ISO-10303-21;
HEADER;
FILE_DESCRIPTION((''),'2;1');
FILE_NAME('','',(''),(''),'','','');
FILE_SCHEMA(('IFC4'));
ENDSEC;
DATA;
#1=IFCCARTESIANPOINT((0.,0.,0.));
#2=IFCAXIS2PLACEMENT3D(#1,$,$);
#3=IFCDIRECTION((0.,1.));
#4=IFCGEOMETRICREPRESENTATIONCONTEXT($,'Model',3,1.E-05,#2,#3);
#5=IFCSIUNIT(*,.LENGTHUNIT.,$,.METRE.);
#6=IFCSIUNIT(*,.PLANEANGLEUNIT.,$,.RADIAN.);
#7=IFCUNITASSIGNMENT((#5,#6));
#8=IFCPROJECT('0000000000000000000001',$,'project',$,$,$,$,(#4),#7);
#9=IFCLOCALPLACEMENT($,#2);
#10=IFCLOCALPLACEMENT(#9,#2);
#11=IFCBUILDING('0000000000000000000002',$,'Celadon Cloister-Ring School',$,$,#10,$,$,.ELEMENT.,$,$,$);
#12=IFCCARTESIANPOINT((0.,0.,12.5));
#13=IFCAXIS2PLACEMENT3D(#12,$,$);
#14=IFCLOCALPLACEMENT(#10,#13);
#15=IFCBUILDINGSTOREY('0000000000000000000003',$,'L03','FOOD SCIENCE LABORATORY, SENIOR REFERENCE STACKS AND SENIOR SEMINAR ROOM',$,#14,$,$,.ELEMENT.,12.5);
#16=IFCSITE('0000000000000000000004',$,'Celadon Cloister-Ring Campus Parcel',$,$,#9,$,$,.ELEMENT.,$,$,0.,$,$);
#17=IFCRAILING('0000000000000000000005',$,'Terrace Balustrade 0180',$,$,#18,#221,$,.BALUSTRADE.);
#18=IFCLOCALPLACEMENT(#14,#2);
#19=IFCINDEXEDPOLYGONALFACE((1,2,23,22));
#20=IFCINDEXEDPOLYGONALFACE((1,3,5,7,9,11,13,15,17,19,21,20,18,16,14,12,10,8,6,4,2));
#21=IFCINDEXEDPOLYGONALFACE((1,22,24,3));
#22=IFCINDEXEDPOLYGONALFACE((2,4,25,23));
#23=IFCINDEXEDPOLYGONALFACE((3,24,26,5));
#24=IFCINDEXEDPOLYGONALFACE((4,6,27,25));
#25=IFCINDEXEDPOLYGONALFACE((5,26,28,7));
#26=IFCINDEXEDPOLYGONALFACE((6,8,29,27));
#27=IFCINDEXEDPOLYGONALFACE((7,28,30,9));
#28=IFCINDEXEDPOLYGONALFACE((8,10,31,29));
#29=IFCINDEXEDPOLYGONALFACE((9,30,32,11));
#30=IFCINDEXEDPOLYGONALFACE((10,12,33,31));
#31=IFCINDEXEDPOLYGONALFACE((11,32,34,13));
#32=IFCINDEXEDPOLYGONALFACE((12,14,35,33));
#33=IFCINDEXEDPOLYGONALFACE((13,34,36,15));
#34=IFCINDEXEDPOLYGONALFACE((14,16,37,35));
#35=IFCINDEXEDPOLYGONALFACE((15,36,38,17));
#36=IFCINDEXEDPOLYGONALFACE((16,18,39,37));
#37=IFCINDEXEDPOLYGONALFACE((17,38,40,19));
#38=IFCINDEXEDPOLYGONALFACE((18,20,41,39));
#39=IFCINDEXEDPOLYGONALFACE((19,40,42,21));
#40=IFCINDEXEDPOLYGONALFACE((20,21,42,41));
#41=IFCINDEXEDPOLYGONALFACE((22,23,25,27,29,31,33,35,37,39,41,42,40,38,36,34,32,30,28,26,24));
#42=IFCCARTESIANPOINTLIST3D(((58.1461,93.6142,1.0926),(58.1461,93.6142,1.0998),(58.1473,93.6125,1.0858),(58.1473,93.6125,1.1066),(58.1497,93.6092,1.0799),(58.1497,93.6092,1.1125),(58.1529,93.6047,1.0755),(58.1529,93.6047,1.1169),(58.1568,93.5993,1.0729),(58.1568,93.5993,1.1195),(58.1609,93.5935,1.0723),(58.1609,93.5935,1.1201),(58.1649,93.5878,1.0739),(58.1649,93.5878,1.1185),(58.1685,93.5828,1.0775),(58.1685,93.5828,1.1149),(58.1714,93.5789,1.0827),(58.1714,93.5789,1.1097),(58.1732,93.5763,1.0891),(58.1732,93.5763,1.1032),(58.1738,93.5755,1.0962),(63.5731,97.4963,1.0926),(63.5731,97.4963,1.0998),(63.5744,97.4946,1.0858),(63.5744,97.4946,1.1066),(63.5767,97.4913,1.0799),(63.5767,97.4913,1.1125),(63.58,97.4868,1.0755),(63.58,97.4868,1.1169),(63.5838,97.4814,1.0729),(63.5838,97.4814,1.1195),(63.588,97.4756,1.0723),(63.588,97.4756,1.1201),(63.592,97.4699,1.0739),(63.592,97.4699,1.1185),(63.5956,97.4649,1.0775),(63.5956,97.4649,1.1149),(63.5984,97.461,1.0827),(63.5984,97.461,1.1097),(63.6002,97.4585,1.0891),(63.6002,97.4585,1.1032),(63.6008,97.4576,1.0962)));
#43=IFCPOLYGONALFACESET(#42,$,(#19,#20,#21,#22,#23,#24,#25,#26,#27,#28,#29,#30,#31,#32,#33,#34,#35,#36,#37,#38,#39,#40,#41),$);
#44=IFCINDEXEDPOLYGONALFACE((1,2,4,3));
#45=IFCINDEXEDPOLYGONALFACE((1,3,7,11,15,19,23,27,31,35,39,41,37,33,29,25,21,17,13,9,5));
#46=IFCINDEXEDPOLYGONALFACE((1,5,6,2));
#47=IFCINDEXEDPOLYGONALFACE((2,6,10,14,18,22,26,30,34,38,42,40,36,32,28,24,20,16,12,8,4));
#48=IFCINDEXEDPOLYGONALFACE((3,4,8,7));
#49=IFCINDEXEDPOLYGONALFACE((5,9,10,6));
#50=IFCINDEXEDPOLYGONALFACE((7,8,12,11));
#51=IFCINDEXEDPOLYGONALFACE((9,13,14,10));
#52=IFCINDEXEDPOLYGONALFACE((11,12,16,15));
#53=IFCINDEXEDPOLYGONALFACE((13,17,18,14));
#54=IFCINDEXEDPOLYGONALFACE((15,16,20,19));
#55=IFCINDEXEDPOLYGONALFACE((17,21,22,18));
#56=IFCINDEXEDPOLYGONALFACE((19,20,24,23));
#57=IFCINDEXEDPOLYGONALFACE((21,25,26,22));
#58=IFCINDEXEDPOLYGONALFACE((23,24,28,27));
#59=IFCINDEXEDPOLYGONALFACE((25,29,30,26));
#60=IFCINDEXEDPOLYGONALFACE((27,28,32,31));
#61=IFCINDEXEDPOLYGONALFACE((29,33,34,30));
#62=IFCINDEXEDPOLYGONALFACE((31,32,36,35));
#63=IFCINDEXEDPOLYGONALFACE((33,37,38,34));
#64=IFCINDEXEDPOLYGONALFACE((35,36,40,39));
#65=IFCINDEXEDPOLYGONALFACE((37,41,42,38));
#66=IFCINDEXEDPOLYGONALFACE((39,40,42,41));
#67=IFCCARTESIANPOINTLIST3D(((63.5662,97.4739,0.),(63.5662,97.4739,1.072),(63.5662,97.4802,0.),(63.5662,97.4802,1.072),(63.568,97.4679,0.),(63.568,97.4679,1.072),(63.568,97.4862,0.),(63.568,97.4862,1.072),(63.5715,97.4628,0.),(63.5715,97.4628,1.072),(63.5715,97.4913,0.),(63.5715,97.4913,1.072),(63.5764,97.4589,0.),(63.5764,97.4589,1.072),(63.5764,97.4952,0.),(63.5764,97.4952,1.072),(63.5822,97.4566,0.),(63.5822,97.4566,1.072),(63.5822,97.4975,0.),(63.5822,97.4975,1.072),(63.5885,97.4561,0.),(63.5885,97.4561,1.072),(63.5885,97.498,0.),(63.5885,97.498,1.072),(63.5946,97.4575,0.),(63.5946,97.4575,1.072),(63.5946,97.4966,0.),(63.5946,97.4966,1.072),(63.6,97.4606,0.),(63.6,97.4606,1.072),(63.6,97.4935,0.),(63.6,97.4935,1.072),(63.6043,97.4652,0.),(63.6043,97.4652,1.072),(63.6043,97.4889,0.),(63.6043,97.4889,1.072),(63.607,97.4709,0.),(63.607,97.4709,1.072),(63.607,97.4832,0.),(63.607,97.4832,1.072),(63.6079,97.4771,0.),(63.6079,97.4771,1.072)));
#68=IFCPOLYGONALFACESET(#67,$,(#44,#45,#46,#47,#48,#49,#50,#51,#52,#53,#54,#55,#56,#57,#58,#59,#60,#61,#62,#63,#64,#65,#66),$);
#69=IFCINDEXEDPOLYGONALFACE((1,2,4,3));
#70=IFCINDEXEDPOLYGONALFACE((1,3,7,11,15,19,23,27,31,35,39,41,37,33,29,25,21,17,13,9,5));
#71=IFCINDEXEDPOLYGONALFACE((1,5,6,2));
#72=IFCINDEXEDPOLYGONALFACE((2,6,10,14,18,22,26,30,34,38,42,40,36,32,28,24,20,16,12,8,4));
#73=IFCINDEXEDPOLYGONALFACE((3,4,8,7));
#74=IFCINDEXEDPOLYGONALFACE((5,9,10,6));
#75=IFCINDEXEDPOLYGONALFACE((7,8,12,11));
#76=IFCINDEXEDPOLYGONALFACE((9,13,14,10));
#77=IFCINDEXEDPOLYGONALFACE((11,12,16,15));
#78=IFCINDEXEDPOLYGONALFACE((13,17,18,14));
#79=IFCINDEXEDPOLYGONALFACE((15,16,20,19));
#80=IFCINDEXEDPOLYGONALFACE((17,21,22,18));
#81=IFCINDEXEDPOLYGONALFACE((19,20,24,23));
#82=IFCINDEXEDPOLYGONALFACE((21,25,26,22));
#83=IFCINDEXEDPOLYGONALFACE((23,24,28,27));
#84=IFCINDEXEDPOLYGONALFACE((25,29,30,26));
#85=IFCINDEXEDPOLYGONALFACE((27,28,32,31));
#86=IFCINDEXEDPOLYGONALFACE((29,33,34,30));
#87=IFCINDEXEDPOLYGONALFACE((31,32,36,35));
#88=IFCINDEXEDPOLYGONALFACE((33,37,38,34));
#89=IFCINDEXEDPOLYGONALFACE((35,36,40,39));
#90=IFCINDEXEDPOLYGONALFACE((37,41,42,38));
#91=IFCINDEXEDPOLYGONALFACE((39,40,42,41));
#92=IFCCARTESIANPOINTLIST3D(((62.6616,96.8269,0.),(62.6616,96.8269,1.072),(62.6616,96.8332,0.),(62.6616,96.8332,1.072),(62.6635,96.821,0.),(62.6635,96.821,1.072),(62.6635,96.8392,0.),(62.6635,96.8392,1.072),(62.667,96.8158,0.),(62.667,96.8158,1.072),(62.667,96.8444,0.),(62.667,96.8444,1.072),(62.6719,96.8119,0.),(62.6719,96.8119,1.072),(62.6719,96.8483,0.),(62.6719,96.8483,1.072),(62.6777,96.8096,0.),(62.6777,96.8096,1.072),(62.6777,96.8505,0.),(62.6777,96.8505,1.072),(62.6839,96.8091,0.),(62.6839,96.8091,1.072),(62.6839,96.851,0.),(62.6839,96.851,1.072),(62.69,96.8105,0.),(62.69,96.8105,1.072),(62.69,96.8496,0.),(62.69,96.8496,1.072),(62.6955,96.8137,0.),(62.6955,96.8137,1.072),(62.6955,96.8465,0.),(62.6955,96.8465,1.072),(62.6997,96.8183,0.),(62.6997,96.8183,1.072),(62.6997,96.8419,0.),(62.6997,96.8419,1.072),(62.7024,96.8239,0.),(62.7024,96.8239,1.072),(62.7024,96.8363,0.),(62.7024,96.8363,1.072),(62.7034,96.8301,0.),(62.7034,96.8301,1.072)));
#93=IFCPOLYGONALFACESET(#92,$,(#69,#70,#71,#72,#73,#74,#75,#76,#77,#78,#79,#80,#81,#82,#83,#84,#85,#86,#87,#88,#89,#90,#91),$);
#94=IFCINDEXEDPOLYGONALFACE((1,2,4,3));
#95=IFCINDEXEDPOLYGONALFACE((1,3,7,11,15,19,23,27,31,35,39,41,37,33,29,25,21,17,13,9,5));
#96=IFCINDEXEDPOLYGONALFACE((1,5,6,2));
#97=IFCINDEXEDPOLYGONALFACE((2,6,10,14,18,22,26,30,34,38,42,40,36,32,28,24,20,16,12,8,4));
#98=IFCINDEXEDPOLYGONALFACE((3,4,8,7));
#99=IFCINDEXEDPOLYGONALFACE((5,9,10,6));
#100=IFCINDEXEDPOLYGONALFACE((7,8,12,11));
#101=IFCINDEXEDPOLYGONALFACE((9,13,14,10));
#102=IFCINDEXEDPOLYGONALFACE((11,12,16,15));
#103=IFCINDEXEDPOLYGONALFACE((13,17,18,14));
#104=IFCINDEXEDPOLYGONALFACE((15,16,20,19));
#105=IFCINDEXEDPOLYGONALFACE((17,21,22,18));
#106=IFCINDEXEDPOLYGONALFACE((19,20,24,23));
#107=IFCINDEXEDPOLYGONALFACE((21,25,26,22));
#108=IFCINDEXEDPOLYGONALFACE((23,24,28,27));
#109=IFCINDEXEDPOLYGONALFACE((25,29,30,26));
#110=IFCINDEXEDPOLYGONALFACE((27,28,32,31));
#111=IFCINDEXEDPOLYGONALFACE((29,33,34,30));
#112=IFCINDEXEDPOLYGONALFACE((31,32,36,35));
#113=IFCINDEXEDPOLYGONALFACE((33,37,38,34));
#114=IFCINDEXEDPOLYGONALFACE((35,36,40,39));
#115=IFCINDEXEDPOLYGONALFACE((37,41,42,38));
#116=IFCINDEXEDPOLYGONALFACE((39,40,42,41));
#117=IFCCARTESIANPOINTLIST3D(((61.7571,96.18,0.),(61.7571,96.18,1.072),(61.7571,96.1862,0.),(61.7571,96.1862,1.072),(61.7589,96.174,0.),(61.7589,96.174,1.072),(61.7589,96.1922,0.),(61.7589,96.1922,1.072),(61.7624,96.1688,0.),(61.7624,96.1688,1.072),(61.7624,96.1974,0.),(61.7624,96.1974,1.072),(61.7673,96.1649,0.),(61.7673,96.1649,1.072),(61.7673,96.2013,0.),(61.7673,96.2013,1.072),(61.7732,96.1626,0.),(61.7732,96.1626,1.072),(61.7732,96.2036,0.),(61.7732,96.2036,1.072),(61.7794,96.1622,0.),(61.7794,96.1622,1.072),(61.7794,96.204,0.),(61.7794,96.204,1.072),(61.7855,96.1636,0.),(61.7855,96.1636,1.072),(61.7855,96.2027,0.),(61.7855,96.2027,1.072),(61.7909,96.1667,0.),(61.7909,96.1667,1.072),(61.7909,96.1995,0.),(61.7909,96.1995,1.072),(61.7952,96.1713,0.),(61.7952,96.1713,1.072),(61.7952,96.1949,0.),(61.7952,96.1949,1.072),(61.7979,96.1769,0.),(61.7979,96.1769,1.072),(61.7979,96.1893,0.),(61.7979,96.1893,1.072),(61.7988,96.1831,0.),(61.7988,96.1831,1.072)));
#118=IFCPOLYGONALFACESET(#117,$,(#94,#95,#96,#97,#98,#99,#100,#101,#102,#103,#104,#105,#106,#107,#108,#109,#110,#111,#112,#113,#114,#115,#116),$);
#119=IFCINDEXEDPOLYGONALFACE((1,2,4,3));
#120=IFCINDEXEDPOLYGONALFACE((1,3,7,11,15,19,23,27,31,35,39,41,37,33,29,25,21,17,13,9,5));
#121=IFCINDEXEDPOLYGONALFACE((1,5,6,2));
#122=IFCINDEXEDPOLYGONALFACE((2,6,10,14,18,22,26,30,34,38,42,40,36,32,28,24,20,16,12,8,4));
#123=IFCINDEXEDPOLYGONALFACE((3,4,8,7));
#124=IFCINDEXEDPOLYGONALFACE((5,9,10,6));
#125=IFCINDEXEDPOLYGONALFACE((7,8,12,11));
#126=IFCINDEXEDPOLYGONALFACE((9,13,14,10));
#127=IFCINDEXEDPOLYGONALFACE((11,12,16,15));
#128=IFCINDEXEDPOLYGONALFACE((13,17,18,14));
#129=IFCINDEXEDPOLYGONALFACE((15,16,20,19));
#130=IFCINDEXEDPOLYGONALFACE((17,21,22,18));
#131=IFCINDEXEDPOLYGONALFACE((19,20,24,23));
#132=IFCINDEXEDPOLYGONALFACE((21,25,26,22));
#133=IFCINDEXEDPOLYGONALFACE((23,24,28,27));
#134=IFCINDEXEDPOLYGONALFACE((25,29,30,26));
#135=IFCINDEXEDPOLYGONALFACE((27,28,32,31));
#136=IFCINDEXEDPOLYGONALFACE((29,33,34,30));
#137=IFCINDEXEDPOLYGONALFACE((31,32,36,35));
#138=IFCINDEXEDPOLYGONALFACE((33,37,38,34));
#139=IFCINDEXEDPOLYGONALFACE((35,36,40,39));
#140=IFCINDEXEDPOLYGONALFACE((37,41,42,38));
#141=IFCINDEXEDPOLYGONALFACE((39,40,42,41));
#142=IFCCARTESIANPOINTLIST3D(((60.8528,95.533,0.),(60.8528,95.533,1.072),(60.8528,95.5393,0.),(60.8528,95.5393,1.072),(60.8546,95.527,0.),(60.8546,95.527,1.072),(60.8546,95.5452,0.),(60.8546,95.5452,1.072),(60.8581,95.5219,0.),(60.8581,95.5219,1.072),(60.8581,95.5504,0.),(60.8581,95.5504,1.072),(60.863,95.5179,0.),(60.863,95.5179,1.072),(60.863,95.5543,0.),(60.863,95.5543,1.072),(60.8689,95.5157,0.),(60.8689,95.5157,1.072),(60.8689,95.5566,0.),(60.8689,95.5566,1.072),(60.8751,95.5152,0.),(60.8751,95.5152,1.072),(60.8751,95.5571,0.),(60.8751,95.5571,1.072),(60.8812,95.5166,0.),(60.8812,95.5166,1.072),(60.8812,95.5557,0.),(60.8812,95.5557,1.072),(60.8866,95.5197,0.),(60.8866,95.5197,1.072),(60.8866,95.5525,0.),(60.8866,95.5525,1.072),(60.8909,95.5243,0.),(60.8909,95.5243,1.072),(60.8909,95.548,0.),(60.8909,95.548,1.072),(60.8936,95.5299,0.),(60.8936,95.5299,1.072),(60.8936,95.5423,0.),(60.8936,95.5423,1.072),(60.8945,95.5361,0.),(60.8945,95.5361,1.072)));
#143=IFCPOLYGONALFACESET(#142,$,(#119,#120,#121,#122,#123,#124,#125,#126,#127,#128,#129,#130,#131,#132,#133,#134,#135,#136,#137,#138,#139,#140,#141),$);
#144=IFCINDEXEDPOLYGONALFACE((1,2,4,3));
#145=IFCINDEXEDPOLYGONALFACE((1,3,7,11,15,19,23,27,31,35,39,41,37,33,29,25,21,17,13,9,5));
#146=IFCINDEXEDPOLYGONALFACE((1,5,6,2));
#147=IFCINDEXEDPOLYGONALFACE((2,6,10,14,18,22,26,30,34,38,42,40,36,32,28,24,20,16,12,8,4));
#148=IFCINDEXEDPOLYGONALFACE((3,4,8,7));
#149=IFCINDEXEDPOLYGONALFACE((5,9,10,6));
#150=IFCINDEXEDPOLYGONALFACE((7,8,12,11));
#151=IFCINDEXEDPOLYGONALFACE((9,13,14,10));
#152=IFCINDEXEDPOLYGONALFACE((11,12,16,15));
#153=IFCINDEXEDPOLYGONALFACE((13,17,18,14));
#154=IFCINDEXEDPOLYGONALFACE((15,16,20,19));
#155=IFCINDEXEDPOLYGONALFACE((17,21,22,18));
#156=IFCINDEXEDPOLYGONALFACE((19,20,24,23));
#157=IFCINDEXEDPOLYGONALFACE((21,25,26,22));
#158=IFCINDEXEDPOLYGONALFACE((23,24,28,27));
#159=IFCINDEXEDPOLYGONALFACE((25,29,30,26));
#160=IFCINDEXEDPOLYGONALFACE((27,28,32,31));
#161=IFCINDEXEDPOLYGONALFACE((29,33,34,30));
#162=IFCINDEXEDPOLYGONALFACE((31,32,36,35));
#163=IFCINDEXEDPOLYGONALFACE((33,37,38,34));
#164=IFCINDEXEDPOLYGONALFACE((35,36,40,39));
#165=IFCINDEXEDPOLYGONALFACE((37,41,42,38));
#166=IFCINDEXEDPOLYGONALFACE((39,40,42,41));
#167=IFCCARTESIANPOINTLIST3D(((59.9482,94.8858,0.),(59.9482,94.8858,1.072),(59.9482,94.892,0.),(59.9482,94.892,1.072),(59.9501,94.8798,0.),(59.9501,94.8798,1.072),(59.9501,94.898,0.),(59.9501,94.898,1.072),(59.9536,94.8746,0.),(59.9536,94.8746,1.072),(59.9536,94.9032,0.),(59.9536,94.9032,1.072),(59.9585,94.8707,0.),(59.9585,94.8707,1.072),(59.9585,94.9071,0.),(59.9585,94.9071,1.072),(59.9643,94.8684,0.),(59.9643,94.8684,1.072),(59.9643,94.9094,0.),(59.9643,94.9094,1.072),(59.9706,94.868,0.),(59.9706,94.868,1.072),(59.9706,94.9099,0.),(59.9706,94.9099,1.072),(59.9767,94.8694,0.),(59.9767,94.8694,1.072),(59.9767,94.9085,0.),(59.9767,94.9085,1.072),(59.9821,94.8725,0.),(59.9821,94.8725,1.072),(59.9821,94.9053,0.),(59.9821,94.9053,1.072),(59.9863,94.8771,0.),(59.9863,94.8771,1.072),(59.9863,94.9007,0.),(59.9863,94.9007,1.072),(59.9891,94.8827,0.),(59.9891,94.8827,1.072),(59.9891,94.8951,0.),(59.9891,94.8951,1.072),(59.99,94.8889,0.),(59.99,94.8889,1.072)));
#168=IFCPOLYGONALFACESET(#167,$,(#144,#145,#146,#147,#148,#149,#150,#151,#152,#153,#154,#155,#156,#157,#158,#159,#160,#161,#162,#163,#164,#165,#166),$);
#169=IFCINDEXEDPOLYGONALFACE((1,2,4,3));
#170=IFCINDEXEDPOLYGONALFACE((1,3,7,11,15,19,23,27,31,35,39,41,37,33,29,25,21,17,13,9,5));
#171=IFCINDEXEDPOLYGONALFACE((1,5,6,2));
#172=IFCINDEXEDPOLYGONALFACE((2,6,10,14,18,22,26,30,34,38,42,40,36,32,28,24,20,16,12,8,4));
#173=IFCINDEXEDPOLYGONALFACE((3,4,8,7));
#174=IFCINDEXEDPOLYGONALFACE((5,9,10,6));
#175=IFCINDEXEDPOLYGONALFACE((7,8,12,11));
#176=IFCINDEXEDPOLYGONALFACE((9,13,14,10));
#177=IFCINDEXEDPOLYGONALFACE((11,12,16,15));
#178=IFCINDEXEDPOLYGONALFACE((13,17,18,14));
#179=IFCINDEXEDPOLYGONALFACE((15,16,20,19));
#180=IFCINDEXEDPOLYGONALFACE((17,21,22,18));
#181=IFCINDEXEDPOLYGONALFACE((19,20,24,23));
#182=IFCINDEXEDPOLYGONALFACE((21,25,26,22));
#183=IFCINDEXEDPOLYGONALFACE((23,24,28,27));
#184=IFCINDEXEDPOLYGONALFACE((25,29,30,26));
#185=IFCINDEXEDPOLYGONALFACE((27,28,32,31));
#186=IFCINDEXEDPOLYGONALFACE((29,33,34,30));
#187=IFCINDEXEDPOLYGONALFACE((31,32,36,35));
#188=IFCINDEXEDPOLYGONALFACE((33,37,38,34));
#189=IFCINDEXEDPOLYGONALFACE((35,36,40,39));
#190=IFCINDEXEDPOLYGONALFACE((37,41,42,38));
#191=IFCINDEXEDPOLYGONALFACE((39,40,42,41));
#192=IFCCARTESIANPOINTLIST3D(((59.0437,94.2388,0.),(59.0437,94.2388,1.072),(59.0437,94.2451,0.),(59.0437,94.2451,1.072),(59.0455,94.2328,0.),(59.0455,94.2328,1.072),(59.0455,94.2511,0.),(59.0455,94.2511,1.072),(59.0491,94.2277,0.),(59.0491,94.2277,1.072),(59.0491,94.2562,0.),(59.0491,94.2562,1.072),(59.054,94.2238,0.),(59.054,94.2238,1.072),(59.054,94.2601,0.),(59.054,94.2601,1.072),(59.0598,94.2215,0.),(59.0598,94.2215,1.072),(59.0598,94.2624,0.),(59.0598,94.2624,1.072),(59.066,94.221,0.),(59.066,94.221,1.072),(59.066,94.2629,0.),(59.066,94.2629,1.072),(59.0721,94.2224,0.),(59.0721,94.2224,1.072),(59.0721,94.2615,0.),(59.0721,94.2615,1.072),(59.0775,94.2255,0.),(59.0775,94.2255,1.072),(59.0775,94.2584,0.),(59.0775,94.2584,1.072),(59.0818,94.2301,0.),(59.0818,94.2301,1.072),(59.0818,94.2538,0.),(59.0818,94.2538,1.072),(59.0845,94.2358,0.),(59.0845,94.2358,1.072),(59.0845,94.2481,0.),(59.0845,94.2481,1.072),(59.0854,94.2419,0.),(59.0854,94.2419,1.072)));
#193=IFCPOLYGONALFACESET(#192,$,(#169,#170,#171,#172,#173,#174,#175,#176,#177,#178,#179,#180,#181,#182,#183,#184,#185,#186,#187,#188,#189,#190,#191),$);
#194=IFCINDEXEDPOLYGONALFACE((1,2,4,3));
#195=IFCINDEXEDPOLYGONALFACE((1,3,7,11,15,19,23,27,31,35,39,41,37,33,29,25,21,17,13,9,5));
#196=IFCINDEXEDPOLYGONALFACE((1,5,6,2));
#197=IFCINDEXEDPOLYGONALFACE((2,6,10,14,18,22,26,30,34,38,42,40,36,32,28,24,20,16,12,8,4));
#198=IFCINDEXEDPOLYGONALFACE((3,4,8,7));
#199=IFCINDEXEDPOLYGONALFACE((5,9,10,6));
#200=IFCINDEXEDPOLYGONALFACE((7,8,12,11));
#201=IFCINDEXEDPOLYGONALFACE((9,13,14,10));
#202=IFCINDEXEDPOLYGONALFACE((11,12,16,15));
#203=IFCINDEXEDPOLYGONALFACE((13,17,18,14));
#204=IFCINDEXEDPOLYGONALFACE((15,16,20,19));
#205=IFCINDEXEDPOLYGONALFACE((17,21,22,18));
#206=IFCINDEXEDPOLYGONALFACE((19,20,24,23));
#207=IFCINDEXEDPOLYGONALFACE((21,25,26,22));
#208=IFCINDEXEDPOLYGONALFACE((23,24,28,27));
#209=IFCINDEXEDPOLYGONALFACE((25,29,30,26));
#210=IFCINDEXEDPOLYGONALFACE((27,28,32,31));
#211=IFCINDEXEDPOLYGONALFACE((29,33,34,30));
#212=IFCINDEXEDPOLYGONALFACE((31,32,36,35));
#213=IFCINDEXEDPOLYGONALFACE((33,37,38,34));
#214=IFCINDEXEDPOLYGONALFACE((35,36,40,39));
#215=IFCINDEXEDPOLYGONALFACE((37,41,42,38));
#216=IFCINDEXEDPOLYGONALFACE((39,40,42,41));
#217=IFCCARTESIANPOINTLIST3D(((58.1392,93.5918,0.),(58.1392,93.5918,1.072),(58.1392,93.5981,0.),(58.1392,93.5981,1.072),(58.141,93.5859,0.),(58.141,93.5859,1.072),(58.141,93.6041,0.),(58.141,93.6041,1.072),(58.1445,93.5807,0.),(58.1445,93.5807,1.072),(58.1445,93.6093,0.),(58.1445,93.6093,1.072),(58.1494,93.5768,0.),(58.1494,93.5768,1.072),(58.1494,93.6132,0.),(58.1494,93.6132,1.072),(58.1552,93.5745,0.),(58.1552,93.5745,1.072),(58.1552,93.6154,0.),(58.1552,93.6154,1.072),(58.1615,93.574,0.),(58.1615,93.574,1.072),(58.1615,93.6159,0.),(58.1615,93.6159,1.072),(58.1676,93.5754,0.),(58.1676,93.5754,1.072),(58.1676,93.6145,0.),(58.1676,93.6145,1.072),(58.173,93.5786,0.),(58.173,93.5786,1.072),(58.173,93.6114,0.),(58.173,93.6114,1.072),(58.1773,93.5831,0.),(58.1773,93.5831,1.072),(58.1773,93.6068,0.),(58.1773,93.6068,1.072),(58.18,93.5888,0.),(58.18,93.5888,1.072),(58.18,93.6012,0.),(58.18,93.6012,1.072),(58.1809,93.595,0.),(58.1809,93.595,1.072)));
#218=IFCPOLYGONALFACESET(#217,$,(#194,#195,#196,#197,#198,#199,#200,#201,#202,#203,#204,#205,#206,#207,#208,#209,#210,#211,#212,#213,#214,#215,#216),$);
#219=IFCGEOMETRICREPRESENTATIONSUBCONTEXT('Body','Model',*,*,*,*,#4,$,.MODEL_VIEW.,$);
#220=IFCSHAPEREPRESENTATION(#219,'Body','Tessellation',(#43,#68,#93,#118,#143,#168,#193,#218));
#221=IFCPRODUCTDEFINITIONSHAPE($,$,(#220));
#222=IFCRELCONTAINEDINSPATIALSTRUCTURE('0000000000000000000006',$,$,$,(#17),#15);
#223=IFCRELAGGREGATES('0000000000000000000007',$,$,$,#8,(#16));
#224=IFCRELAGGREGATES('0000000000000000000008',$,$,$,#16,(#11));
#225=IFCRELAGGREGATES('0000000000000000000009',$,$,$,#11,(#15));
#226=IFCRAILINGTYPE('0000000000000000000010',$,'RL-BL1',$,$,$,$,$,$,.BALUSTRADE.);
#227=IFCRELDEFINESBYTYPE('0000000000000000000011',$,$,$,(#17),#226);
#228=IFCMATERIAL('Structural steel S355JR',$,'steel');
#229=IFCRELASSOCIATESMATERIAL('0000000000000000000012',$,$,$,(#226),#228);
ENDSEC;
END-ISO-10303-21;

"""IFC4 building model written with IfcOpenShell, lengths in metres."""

from ifc_helpers import new_model, si_unit, direction, frame, origin, origin_2d, place, context, subcontext, project, spatial, circle, extrude, material, type_object, element, save


model = new_model("IFC4")

# Units and contexts
model_context = context("Model", 3, precision=1e-05, world=origin(), true_north=direction((0.0, 1.0)))
body_context = subcontext(model_context, "Body", "Model", "MODEL_VIEW")
ifc_project = project(units=[si_unit("LENGTHUNIT", "METRE"), si_unit("PLANEANGLEUNIT", "RADIAN")], contexts=[model_context])

# Site, building, storey
site_placement = place(None, origin())
site = spatial("IfcSite", under=ifc_project, at=site_placement, Name="Celadon Cloister-Ring Campus Parcel", CompositionType="ELEMENT", RefElevation=0.0)
building_placement = place(site_placement, origin())
building = spatial("IfcBuilding", under=site, at=building_placement, Name="Celadon Cloister-Ring School", CompositionType="ELEMENT")
storey_placement = place(building_placement, frame((0.0, 0.0, 12.5)))
storey = spatial("IfcBuildingStorey", under=building, at=storey_placement, Name="L03", Description="FOOD SCIENCE LABORATORY, SENIOR REFERENCE STACKS AND SENIOR SEMINAR ROOM", CompositionType="ELEMENT", Elevation=12.5)

# Railing
ifc_material_1 = material(Name="Structural steel S355JR", Category="steel")
railing_type = type_object("IfcRailingType", Name="RL-BL1", PredefinedType="BALUSTRADE", material=ifc_material_1)
railing_1_placement = place(storey_placement, frame((63.5869, 97.4771, 0.0)))
element("IfcRailing", 1, at=railing_1_placement, inside=storey, type_object=railing_type, Name="Terrace Balustrade 0180", PredefinedType="BALUSTRADE", context=body_context, shape_type="SweptSolid", body=[
    extrude(circle(Radius=0.0239, at=origin_2d()), frame((0.0, 0.0, 1.0962), z_axis=(-0.813333, -0.581799, 0.0), x_axis=(0.581799, -0.813333, 0.0)), (0.0, 0.0, 1.0), 6.6726),
    extrude(circle(Radius=0.021, at=origin_2d()), origin(), (0.0, 0.0, 1.0), 1.072),
    extrude(circle(Radius=0.021, at=origin_2d()), frame((-0.9045, -0.647, 0.0)), (0.0, 0.0, 1.0), 1.072),
    extrude(circle(Radius=0.021, at=origin_2d()), frame((-1.8091, -1.2939, 0.0)), (0.0, 0.0, 1.0), 1.072),
    extrude(circle(Radius=0.021, at=origin_2d()), frame((-2.7134, -1.9409, 0.0)), (0.0, 0.0, 1.0), 1.072),
    extrude(circle(Radius=0.021, at=origin_2d()), frame((-3.6179, -2.5881, 0.0)), (0.0, 0.0, 1.0), 1.072),
    extrude(circle(Radius=0.021, at=origin_2d()), frame((-4.5225, -3.2351, 0.0)), (0.0, 0.0, 1.0), 1.072),
    extrude(circle(Radius=0.021, at=origin_2d()), frame((-5.427, -3.8821, 0.0)), (0.0, 0.0, 1.0), 1.072),
])

save(model, "model.ifc")
